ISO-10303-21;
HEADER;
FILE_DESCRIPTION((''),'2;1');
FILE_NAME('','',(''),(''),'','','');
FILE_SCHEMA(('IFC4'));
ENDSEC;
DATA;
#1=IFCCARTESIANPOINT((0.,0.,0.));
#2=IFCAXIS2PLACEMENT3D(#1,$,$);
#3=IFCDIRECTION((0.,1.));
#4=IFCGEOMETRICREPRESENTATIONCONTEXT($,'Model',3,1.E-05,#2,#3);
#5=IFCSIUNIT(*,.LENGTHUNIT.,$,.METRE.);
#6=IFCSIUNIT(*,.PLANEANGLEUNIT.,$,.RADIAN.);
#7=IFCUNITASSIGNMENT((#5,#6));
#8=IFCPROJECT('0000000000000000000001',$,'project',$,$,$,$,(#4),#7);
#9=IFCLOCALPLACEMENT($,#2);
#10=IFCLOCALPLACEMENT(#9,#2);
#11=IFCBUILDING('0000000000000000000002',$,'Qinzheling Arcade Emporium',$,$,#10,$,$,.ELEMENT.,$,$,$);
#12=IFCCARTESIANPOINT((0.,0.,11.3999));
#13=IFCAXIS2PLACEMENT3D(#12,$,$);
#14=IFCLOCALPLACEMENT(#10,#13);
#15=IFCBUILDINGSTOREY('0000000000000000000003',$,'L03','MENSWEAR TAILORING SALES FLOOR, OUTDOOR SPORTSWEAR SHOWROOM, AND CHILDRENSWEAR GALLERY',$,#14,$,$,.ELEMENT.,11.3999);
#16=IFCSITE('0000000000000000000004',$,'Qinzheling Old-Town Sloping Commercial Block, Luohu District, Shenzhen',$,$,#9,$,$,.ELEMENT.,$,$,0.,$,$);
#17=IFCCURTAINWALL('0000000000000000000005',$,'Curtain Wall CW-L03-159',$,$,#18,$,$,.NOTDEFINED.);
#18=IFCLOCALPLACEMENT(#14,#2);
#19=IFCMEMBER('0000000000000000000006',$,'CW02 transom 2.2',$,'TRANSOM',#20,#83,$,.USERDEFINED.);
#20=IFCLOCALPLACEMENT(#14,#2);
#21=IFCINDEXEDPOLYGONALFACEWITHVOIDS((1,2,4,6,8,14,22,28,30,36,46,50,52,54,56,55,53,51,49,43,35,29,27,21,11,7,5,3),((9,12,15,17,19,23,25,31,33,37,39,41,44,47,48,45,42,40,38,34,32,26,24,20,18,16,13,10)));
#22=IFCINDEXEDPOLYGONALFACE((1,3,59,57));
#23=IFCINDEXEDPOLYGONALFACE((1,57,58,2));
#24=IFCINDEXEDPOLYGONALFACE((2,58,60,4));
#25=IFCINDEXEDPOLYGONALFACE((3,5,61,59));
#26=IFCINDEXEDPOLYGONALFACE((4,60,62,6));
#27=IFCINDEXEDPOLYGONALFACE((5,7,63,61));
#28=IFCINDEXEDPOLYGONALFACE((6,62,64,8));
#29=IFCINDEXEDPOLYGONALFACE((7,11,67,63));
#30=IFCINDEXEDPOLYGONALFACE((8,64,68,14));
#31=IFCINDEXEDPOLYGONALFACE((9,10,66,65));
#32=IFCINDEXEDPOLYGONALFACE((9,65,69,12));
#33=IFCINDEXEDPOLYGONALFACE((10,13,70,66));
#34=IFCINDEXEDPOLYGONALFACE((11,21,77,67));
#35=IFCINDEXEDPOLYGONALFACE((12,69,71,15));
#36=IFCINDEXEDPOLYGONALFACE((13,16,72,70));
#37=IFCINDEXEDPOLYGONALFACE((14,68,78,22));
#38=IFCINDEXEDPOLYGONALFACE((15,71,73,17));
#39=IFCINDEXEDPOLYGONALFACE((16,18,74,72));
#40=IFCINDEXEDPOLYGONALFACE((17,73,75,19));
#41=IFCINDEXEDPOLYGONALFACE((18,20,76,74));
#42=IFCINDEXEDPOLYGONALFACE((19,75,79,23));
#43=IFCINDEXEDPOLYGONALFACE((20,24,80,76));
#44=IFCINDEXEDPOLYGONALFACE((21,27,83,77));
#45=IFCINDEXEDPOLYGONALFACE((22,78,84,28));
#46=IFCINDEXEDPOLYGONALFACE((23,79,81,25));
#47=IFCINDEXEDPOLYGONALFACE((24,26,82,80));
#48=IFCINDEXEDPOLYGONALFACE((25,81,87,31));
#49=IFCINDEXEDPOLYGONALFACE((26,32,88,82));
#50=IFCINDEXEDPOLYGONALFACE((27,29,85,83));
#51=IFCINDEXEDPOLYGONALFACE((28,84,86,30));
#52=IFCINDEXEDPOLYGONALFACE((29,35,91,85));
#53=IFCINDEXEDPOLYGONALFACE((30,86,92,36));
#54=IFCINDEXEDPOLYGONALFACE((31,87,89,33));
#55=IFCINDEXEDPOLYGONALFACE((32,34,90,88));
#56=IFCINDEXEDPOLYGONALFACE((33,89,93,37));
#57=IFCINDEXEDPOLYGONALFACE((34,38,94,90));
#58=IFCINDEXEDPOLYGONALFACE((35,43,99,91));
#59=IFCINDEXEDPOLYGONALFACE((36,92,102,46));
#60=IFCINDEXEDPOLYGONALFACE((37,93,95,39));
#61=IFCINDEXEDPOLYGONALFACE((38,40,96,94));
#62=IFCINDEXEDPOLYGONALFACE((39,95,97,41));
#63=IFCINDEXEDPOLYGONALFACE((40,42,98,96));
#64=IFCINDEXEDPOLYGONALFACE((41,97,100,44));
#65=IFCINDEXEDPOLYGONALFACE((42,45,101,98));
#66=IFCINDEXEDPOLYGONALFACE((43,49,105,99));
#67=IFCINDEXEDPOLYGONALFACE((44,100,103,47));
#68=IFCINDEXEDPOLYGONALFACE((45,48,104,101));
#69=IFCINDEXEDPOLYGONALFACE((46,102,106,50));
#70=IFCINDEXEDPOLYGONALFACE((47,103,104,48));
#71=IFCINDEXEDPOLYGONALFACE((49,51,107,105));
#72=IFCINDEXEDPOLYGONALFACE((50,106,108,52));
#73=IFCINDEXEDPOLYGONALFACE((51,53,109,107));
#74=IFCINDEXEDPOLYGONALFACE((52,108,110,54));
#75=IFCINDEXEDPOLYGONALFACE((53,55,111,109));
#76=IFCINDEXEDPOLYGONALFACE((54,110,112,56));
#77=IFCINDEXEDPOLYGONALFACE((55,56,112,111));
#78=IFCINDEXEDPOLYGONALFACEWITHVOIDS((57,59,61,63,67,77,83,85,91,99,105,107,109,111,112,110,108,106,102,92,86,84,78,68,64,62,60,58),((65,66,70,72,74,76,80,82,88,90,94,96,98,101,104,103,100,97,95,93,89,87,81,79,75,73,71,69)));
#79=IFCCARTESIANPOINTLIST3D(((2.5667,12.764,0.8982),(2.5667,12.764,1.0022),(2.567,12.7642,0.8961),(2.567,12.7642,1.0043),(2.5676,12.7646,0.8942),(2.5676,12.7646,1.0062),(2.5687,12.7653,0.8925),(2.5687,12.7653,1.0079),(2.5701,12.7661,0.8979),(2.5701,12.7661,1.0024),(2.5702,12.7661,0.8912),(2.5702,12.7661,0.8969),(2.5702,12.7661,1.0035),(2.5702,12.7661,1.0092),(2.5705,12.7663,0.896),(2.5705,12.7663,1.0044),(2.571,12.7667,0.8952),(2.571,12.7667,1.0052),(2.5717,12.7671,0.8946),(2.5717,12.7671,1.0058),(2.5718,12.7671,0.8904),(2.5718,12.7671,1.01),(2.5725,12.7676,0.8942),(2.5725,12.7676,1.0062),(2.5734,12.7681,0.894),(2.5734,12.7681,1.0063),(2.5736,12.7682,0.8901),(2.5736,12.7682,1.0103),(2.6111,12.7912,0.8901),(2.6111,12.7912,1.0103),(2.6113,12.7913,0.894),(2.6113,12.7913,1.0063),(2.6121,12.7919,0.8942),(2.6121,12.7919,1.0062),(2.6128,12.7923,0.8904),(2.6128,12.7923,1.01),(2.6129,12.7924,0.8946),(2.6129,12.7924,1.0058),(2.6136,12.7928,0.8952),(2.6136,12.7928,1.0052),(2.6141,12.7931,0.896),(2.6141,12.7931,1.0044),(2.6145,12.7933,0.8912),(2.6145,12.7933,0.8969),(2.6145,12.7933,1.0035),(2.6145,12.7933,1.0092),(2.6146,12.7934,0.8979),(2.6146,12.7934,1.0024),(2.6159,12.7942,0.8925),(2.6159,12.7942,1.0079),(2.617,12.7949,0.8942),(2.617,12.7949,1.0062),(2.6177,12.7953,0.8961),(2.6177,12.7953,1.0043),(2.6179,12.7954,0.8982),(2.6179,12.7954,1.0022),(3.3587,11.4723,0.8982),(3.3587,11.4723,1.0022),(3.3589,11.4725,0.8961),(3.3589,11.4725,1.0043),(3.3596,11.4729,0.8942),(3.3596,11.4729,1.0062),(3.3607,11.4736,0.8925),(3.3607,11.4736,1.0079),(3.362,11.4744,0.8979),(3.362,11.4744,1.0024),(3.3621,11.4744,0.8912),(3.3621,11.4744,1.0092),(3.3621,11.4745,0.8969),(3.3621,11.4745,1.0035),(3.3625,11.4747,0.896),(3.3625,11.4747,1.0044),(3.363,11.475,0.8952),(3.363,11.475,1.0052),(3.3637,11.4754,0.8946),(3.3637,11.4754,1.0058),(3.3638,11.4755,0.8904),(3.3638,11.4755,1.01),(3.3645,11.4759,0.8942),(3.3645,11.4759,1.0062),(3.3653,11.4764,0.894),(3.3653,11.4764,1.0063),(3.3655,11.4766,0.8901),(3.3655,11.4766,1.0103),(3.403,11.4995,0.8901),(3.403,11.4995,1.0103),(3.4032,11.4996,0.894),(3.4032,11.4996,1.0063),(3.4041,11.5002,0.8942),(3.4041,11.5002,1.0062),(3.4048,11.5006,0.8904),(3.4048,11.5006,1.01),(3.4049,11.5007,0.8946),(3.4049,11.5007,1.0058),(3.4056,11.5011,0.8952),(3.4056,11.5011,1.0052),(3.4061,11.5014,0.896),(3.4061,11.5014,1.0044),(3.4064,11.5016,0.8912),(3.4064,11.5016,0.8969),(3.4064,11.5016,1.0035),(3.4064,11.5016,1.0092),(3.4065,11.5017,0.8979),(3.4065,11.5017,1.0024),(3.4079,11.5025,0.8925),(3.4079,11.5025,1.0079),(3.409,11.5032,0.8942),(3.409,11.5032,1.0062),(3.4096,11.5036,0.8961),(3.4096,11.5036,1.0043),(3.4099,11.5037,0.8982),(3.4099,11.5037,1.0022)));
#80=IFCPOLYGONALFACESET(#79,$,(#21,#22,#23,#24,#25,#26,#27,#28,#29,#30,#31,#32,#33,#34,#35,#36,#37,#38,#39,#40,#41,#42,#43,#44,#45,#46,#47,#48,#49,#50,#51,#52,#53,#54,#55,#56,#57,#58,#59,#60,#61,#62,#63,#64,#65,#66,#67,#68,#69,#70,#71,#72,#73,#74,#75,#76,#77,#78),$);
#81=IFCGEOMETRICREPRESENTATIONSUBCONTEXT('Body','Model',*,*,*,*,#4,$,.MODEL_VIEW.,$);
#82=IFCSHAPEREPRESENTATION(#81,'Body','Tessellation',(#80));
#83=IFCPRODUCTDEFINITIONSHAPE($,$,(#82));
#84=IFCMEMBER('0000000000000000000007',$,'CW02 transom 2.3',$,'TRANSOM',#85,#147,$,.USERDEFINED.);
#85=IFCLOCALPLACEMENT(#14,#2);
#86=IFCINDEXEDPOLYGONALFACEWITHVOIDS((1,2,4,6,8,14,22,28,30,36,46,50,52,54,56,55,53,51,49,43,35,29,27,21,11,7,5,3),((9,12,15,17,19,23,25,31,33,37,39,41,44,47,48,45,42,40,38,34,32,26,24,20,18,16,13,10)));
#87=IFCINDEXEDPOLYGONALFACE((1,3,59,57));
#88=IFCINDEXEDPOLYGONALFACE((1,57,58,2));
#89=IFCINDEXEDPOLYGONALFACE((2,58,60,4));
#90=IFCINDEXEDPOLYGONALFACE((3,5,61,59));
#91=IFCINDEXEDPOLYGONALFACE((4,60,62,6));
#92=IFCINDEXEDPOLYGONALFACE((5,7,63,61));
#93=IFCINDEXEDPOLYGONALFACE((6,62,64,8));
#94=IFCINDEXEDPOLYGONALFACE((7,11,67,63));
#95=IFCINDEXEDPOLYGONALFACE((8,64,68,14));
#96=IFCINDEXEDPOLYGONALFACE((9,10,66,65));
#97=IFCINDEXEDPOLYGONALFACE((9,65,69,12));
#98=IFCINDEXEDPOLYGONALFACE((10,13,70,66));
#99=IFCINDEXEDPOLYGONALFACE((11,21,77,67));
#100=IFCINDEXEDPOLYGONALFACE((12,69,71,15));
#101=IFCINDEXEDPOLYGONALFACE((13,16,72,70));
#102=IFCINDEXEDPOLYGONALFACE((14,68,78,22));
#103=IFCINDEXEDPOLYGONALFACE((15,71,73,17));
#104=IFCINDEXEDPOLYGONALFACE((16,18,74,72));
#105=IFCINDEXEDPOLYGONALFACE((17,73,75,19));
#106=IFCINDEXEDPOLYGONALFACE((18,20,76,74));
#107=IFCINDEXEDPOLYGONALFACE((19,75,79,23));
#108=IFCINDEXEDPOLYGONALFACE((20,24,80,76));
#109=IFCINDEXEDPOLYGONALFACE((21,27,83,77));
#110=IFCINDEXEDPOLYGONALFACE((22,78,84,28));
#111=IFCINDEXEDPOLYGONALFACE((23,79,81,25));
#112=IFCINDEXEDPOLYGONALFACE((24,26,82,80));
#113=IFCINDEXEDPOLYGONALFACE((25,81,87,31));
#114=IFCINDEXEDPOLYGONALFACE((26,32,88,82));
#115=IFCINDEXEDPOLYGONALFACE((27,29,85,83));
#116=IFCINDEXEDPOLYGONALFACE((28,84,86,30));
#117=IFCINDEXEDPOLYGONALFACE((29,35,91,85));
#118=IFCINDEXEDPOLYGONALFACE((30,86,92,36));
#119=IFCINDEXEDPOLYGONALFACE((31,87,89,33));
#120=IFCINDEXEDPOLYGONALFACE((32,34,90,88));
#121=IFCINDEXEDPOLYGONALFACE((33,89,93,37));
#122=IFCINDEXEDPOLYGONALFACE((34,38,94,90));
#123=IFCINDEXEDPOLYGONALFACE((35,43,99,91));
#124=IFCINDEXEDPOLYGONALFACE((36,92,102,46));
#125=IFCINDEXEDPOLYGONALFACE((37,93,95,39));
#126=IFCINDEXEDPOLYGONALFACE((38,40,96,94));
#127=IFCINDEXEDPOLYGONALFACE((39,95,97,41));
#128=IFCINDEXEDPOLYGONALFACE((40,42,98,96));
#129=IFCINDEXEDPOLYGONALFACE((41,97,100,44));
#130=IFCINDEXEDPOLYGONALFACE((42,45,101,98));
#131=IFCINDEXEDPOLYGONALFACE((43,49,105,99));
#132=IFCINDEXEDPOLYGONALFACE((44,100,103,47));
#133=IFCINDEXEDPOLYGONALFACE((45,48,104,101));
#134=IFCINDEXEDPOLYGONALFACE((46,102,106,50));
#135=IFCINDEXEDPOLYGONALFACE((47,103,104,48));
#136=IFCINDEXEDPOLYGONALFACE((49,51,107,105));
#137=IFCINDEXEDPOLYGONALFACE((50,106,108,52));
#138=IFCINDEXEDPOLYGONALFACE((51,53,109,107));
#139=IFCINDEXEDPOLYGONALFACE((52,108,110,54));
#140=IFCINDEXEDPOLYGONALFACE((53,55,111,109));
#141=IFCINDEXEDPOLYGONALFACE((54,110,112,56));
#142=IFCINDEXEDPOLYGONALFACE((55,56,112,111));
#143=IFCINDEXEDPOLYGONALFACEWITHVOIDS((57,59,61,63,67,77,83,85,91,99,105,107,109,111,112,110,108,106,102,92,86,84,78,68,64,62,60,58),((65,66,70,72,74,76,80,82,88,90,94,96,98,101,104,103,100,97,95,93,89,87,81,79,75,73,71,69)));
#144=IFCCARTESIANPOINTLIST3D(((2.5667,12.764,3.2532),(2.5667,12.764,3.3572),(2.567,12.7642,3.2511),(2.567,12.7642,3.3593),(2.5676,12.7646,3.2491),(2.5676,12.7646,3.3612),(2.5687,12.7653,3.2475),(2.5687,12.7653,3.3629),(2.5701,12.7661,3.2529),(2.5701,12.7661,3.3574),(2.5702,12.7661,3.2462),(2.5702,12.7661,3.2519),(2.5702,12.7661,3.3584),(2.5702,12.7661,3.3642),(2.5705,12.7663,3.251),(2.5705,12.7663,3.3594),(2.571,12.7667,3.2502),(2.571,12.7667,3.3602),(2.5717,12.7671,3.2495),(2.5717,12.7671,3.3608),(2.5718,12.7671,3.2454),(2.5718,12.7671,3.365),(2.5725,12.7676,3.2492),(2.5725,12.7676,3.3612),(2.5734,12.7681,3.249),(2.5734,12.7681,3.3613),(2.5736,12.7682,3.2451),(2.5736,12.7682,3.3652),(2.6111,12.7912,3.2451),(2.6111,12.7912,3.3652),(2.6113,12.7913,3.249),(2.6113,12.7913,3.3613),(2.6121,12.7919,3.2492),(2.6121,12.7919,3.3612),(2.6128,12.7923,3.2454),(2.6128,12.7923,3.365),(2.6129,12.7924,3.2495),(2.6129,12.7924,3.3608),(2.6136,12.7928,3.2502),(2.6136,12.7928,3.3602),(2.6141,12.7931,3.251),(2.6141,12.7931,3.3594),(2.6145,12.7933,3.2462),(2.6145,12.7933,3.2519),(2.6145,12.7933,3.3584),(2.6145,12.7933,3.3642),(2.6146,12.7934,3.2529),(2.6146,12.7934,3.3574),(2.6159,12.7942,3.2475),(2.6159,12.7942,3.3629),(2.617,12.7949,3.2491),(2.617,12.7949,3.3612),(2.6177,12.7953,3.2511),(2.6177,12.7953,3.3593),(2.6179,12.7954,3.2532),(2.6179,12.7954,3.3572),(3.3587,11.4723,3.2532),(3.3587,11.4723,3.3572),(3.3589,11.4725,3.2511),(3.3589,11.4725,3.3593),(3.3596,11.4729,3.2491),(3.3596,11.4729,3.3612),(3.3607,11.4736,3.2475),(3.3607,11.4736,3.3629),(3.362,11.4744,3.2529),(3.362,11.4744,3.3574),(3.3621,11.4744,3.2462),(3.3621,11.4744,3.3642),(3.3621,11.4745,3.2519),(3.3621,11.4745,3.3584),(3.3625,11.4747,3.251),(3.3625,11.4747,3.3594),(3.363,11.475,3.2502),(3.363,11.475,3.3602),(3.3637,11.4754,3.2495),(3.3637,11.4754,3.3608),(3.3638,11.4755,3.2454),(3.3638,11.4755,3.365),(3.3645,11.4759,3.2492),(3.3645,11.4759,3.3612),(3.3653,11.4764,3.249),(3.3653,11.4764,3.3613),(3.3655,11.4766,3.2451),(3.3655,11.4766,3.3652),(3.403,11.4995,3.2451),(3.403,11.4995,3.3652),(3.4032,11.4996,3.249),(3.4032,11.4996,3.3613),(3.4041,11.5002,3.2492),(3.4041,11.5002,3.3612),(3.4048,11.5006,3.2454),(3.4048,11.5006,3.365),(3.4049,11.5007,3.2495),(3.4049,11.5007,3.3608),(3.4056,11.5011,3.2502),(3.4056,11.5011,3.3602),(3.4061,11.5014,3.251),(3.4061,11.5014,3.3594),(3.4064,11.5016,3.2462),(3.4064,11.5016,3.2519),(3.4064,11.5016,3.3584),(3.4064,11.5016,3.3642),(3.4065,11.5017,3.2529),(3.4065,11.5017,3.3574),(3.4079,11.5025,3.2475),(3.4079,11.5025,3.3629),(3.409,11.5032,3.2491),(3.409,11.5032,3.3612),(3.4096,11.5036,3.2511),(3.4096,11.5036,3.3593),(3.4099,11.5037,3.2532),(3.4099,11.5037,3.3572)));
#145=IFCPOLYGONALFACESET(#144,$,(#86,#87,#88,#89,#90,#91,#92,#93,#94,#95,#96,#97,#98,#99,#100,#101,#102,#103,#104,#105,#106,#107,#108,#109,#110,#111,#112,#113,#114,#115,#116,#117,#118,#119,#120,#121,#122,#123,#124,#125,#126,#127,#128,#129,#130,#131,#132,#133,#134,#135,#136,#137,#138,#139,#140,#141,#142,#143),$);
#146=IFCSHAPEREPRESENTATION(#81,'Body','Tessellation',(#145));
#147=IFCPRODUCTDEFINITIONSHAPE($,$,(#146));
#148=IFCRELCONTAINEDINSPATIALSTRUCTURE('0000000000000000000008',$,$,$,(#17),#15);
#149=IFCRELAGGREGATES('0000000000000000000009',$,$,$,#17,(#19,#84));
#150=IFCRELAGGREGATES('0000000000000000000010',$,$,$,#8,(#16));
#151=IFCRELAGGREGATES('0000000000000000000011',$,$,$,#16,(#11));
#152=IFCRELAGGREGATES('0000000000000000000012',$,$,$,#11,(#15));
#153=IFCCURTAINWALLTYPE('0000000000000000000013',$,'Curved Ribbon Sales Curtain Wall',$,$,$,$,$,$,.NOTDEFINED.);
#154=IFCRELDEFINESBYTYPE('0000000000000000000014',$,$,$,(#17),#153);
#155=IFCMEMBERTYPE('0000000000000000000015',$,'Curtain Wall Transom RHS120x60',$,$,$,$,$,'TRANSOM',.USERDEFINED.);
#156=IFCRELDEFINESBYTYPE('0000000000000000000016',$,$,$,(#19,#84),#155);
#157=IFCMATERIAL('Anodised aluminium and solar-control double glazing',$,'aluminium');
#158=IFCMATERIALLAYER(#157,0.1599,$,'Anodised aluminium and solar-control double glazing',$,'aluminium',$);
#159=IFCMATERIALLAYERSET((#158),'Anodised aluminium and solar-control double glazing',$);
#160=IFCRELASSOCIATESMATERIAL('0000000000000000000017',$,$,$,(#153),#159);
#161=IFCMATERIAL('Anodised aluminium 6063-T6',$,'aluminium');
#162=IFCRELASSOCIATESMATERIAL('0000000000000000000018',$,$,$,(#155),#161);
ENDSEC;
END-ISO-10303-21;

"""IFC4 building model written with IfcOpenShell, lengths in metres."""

from ifc_helpers import new_model, si_unit, direction, frame, origin, origin_2d, place, context, subcontext, project, spatial, hollow_rectangle, extrude, material, layer, layer_set, material_profile, profile_set, type_object, element, aggregate, save


model = new_model("IFC4")

# Units and contexts
model_context = context("Model", 3, precision=1e-05, world=origin(), true_north=direction((0.0, 1.0)))
body_context = subcontext(model_context, "Body", "Model", "MODEL_VIEW")
ifc_project = project(units=[si_unit("LENGTHUNIT", "METRE"), si_unit("PLANEANGLEUNIT", "RADIAN")], contexts=[model_context])

# Site, building, storey
site_placement = place(None, origin())
site = spatial("IfcSite", under=ifc_project, at=site_placement, Name="Qinzheling Old-Town Sloping Commercial Block, Luohu District, Shenzhen", CompositionType="ELEMENT", RefElevation=0.0)
building_placement = place(site_placement, origin())
building = spatial("IfcBuilding", under=site, at=building_placement, Name="Qinzheling Arcade Emporium", CompositionType="ELEMENT")
storey_placement = place(building_placement, frame((0.0, 0.0, 11.3999)))
storey = spatial("IfcBuildingStorey", under=building, at=storey_placement, Name="L03", Description="MENSWEAR TAILORING SALES FLOOR, OUTDOOR SPORTSWEAR SHOWROOM, AND CHILDRENSWEAR GALLERY", CompositionType="ELEMENT", Elevation=11.3999)

# Curtain wall
ifc_material_1 = material(Name="Anodised aluminium and solar-control double glazing", Category="aluminium")
ifc_layer_1 = layer(ifc_material_1, 0.1599, Name="Anodised aluminium and solar-control double glazing", Category="aluminium")
ifc_layer_set_1 = layer_set([ifc_layer_1], Name="Anodised aluminium and solar-control double glazing")
curtain_wall_type = type_object("IfcCurtainWallType", Name="Curved Ribbon Sales Curtain Wall", PredefinedType="NOTDEFINED", material=ifc_layer_set_1)
ifc_material_2 = material(Name="Anodised aluminium 6063-T6", Category="aluminium")
curtain_wall_1_placement = place(storey_placement, origin())
curtain_wall_1 = element("IfcCurtainWall", 1, at=curtain_wall_1_placement, inside=storey, type_object=curtain_wall_type, Name="Curtain Wall CW-L03-159", PredefinedType="NOTDEFINED")

# Members
ifc_material_profile_1 = material_profile(ifc_material_2, hollow_rectangle(XDim=0.0601, YDim=0.1201, WallThickness=0.0039, InnerFilletRadius=0.0039, OuterFilletRadius=0.0081, at=origin_2d()), Name="RHS 120x60x4", Category="aluminium")
ifc_profile_set_1 = profile_set([ifc_material_profile_1], Name="Anodised aluminium 6063-T6")
member_type_1 = type_object("IfcMemberType", Name="Curtain Wall Transom RHS120x60", ElementType="TRANSOM", PredefinedType="USERDEFINED", material=ifc_profile_set_1)
member_1_placement = place(storey_placement, frame((3.3843, 11.488, 0.9502), z_axis=(-0.522694, 0.85252, 0.0), x_axis=(-0.85252, -0.522694, 0.0)))
member_1 = element("IfcMember", 2, at=member_1_placement, type_object=member_type_1, Name="CW02 transom 2.2", ObjectType="TRANSOM", PredefinedType="USERDEFINED", context=body_context, shape_type="SweptSolid", body=[
    extrude(hollow_rectangle(XDim=0.0601, YDim=0.1201, WallThickness=0.0039, InnerFilletRadius=0.0039, OuterFilletRadius=0.0081, at=origin_2d()), origin(), (0.0, 0.0, 1.0), 1.5151),
])
member_2_placement = place(storey_placement, frame((3.3843, 11.488, 3.3052), z_axis=(-0.522694, 0.85252, 0.0), x_axis=(-0.85252, -0.522694, 0.0)))
member_2 = element("IfcMember", 3, at=member_2_placement, type_object=member_type_1, Name="CW02 transom 2.3", ObjectType="TRANSOM", PredefinedType="USERDEFINED", context=body_context, shape_type="SweptSolid", body=[
    extrude(hollow_rectangle(XDim=0.0601, YDim=0.1201, WallThickness=0.0039, InnerFilletRadius=0.0039, OuterFilletRadius=0.0081, at=origin_2d()), origin(), (0.0, 0.0, 1.0), 1.5151),
])

aggregate(curtain_wall_1, [member_1, member_2])

save(model, "model.ifc")
